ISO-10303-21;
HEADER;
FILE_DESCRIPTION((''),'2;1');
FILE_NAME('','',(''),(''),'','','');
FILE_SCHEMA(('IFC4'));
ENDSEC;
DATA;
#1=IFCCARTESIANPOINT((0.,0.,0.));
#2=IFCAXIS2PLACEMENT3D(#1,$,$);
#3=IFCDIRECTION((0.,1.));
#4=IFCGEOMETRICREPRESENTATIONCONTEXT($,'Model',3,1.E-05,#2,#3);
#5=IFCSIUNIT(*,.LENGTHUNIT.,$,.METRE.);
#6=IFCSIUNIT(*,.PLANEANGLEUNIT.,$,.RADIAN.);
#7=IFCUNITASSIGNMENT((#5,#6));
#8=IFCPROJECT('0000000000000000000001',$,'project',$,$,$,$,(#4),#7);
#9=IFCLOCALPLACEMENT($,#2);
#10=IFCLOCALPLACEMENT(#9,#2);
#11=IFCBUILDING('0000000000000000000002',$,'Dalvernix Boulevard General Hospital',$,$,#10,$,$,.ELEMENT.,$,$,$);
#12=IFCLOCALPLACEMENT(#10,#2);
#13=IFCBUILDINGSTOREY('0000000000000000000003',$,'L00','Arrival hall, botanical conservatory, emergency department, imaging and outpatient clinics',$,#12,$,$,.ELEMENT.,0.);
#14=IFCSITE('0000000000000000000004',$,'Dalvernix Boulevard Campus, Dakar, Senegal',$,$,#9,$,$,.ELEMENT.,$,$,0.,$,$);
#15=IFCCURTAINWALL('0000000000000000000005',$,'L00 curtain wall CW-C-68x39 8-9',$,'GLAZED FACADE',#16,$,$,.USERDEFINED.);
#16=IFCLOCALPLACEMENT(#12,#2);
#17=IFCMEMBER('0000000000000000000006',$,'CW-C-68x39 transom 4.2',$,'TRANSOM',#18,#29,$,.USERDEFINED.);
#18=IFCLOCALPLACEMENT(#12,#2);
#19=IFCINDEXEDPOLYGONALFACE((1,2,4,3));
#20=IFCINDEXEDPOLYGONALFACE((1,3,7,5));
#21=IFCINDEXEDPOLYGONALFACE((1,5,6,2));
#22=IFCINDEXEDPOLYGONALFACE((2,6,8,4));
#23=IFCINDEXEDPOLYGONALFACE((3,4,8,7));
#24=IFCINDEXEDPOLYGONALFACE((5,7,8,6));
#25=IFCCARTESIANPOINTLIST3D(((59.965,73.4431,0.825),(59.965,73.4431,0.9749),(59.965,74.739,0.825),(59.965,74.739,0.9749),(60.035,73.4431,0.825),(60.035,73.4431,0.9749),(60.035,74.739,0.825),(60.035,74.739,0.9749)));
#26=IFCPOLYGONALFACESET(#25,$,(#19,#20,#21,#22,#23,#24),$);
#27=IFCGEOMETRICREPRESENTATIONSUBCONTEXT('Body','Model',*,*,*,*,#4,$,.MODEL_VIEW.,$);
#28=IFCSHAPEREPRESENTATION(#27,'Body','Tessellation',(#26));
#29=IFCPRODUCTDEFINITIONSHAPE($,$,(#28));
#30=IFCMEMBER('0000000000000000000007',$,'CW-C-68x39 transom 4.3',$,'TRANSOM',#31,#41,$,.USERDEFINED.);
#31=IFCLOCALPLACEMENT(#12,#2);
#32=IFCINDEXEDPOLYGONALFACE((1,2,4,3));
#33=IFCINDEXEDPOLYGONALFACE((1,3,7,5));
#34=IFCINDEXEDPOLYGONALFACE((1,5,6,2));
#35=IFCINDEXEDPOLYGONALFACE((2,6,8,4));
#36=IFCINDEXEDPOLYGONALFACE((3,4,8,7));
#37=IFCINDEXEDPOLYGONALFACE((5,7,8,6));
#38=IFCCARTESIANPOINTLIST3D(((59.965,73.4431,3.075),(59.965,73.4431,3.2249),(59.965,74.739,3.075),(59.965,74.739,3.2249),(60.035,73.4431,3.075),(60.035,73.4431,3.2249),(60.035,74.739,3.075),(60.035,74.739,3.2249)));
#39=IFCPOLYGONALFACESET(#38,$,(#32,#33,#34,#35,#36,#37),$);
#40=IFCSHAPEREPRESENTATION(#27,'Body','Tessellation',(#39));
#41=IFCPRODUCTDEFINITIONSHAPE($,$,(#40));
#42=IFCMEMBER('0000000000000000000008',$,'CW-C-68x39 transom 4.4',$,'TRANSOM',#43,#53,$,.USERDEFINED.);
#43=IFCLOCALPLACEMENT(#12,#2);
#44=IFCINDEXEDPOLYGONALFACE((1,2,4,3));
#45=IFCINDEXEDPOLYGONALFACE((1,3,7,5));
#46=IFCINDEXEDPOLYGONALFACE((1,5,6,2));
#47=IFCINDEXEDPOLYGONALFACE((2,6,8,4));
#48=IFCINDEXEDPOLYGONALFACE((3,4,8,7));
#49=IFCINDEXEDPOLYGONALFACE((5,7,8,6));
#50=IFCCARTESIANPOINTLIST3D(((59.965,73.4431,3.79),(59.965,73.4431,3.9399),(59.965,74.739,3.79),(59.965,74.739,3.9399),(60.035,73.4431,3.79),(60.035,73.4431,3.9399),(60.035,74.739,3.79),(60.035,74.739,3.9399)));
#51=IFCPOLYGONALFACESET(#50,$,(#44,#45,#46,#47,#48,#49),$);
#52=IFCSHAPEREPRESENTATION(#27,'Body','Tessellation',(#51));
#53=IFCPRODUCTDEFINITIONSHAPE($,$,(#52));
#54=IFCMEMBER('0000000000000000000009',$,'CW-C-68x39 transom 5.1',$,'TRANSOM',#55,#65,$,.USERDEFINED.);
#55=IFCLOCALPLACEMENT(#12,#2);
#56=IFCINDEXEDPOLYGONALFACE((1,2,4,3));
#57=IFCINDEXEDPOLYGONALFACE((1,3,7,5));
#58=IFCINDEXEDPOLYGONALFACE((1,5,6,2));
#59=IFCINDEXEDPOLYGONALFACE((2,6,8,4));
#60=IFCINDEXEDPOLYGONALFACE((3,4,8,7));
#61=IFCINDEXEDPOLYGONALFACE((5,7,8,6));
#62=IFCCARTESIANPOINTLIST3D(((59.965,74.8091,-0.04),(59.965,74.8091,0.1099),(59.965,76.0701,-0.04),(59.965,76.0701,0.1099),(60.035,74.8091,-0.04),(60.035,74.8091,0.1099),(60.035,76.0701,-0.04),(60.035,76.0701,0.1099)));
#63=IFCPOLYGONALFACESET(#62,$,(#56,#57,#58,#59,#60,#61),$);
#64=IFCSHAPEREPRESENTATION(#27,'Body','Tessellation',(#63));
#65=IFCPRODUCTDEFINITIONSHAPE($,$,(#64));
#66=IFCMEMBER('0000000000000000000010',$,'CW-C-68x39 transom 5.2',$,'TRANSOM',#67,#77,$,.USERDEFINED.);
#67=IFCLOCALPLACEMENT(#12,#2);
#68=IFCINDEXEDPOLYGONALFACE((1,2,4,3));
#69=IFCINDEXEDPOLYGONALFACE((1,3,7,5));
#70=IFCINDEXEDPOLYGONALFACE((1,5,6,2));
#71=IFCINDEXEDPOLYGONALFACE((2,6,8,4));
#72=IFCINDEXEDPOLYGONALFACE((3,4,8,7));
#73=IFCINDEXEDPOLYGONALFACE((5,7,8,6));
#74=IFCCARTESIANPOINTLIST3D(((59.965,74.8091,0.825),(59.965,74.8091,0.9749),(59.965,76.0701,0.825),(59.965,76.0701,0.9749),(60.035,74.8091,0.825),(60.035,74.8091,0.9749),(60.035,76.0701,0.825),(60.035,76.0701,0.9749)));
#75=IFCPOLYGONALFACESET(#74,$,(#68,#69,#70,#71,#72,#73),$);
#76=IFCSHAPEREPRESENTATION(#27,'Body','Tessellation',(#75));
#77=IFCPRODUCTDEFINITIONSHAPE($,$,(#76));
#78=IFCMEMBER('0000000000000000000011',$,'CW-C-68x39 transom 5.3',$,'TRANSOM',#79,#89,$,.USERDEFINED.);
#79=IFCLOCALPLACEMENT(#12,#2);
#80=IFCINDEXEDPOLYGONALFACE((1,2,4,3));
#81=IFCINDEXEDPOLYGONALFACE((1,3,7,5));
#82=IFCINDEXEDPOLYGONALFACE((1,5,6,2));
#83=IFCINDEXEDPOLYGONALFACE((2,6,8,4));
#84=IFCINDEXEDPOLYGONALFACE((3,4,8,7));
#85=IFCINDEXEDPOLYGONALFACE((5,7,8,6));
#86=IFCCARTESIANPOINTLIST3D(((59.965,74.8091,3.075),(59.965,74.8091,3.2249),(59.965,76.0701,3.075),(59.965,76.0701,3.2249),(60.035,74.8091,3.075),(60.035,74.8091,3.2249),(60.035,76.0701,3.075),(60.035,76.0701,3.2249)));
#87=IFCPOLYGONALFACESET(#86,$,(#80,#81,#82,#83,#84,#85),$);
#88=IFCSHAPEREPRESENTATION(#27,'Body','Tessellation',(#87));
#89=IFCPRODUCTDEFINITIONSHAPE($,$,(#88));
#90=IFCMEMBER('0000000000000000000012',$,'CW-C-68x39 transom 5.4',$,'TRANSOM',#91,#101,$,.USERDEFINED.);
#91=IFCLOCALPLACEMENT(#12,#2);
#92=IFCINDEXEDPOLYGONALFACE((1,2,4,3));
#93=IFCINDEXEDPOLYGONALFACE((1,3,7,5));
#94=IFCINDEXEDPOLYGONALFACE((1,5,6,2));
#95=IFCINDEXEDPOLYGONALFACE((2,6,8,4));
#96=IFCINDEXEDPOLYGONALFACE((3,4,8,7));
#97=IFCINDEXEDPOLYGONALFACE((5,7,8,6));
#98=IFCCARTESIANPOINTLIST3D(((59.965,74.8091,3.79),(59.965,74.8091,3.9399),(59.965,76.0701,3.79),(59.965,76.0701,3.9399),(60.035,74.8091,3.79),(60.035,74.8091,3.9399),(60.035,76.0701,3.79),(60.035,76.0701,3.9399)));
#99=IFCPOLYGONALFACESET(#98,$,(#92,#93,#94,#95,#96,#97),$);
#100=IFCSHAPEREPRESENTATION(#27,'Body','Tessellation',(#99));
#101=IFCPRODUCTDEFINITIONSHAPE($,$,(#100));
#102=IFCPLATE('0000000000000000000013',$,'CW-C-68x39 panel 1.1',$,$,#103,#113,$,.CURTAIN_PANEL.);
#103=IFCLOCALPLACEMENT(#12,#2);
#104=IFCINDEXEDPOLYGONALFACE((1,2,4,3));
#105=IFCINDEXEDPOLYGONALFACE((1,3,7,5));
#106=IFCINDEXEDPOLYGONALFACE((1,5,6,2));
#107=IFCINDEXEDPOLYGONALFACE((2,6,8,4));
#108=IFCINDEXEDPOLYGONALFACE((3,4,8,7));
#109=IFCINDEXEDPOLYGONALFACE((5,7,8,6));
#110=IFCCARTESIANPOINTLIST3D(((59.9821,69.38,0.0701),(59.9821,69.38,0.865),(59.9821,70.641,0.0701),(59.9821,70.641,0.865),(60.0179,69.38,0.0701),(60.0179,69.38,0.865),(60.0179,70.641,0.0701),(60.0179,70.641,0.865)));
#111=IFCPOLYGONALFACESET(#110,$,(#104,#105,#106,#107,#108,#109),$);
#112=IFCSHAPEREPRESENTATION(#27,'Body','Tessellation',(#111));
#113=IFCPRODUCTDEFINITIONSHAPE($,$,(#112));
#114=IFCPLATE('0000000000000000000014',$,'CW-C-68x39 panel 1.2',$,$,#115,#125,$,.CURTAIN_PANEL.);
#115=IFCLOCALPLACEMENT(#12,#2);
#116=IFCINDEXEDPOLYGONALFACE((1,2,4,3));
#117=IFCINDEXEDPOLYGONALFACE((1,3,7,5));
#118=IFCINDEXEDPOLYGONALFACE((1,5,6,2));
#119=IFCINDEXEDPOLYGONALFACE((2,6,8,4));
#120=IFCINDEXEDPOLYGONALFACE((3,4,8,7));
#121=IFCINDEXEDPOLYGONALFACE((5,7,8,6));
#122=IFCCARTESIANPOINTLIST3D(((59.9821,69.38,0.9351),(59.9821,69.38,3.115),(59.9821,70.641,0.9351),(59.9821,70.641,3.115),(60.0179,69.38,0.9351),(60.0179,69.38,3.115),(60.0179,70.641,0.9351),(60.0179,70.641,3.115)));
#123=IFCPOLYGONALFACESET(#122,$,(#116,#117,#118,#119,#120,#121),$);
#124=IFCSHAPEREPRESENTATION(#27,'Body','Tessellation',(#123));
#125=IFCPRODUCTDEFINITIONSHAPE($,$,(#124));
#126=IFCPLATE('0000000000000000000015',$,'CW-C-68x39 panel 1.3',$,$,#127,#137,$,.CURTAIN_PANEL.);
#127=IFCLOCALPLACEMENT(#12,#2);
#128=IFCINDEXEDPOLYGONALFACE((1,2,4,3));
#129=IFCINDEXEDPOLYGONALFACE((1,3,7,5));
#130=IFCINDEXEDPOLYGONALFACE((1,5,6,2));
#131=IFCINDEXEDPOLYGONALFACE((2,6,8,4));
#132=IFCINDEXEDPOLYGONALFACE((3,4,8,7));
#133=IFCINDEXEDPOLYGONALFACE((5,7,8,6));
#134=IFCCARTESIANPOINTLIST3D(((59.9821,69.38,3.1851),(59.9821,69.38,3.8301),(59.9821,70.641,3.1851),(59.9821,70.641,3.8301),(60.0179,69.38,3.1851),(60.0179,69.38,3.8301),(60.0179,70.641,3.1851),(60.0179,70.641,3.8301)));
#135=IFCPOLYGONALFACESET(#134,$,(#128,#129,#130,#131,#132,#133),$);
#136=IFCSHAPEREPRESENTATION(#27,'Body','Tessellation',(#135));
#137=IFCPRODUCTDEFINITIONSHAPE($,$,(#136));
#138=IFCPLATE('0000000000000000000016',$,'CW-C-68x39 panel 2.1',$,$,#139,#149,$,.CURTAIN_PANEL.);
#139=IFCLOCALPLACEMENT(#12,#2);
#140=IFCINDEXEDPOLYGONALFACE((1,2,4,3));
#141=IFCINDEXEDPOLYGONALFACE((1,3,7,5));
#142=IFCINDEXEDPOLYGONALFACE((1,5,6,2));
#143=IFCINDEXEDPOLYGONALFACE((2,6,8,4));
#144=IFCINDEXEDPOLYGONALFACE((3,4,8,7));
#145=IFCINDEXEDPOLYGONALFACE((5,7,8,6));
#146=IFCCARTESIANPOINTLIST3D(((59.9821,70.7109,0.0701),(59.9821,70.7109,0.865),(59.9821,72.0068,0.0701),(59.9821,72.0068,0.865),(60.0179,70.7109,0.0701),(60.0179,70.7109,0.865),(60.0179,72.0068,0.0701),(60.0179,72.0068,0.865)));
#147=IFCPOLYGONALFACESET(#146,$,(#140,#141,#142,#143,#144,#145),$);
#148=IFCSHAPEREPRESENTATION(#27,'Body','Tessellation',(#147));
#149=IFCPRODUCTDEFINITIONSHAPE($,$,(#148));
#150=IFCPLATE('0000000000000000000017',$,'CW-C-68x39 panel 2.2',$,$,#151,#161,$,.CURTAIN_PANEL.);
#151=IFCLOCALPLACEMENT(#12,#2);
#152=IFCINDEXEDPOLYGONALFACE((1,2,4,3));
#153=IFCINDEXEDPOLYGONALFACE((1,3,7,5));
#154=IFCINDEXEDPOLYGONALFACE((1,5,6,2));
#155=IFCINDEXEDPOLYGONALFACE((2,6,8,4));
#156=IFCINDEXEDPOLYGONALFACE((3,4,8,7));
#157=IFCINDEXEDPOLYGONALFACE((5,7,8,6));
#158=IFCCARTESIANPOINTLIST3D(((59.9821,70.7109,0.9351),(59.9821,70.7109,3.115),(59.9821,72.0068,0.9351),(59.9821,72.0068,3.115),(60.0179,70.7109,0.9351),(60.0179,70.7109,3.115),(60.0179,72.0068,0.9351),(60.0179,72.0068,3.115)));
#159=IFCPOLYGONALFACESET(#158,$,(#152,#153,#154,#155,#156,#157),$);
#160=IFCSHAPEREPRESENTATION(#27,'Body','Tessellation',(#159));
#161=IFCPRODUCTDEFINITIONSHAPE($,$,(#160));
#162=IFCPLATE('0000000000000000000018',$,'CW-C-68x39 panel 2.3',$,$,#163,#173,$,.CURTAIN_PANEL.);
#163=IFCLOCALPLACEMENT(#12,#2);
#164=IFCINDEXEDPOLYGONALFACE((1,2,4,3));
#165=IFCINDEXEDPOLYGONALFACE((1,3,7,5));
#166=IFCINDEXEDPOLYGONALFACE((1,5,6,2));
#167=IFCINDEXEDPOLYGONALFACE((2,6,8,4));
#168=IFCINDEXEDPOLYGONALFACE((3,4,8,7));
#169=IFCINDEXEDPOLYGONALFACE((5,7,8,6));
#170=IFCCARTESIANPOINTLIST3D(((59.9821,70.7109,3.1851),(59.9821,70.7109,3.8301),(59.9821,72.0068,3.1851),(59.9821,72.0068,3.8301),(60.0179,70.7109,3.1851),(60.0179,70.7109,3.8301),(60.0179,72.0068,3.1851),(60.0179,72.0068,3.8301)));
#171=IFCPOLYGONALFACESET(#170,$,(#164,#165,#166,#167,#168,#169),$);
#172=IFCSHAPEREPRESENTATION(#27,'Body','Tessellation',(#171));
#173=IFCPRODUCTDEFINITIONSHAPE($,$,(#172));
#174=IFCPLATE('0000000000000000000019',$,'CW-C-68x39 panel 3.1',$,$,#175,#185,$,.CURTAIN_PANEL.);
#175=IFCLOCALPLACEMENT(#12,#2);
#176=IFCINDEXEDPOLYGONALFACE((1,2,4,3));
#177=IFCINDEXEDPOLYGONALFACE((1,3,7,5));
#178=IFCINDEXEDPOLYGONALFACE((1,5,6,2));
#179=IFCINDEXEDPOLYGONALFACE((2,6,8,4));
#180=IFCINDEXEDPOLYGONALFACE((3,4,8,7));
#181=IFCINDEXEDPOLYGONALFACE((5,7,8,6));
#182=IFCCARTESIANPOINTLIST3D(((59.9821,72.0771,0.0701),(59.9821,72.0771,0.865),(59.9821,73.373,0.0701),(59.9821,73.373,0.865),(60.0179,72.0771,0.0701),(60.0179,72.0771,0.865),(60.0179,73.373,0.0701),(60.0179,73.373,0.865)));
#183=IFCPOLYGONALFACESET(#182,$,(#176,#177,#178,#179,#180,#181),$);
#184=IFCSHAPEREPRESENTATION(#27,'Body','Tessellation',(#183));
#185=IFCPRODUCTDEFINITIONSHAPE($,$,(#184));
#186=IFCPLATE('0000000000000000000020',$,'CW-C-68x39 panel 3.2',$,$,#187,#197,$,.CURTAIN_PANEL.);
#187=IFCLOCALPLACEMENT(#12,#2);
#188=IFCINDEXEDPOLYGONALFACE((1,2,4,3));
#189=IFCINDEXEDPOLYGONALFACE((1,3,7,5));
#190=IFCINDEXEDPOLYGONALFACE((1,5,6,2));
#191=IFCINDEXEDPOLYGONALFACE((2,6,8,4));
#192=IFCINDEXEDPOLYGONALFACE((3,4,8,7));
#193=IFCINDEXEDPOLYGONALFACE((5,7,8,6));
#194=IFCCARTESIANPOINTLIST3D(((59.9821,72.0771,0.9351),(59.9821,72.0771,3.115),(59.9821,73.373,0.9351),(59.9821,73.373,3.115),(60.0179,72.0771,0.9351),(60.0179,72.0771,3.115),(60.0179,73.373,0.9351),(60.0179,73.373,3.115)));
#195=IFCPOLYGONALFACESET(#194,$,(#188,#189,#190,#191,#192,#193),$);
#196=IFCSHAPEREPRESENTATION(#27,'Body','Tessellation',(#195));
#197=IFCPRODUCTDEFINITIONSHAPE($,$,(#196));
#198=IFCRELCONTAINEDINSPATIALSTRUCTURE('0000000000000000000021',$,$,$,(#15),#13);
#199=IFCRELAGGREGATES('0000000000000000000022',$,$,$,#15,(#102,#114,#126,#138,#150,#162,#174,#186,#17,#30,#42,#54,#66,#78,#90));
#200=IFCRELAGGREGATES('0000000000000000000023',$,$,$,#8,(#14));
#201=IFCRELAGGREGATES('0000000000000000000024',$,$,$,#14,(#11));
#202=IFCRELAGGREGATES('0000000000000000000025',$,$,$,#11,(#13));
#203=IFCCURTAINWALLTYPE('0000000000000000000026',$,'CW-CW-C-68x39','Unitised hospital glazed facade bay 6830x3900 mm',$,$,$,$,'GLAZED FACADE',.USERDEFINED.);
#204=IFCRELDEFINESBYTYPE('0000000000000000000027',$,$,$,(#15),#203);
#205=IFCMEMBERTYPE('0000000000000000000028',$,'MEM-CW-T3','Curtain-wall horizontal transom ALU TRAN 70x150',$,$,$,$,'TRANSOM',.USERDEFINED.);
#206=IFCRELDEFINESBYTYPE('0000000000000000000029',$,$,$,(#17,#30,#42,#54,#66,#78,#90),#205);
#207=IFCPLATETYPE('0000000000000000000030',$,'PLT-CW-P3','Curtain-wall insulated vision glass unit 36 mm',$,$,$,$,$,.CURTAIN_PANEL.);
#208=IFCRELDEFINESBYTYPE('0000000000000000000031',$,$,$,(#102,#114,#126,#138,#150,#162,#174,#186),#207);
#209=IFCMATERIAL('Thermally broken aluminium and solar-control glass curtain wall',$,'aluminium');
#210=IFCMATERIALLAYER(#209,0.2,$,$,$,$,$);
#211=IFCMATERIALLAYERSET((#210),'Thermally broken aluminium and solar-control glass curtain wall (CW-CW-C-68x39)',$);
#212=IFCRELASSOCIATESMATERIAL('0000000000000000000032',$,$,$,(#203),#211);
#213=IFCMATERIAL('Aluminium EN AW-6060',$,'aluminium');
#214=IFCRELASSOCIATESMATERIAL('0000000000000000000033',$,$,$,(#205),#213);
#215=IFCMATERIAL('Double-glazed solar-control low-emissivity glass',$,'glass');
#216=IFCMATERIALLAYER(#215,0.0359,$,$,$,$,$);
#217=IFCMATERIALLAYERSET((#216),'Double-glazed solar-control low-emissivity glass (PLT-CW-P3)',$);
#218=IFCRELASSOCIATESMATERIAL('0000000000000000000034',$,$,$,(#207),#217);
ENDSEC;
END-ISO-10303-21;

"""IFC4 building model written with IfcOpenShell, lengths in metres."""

from ifc_helpers import new_model, si_unit, direction, frame, origin, origin_2d, place, context, subcontext, project, spatial, rectangle, extrude, material, layer, layer_set, material_profile, profile_set, type_object, element, aggregate, save


model = new_model("IFC4")

# Units and contexts
model_context = context("Model", 3, precision=1e-05, world=origin(), true_north=direction((0.0, 1.0)))
body_context = subcontext(model_context, "Body", "Model", "MODEL_VIEW")
ifc_project = project(units=[si_unit("LENGTHUNIT", "METRE"), si_unit("PLANEANGLEUNIT", "RADIAN")], contexts=[model_context])

# Site, building, storey
site_placement = place(None, origin())
site = spatial("IfcSite", under=ifc_project, at=site_placement, Name="Dalvernix Boulevard Campus, Dakar, Senegal", CompositionType="ELEMENT", RefElevation=0.0)
building_placement = place(site_placement, origin())
building = spatial("IfcBuilding", under=site, at=building_placement, Name="Dalvernix Boulevard General Hospital", CompositionType="ELEMENT")
storey_placement = place(building_placement, origin())
storey = spatial("IfcBuildingStorey", under=building, at=storey_placement, Name="L00", Description="Arrival hall, botanical conservatory, emergency department, imaging and outpatient clinics", CompositionType="ELEMENT", Elevation=0.0)

# Curtain wall, members, plates
ifc_material_1 = material(Name="Thermally broken aluminium and solar-control glass curtain wall", Category="aluminium")
ifc_layer_1 = layer(ifc_material_1, 0.2)
ifc_layer_set_1 = layer_set([ifc_layer_1], Name="Thermally broken aluminium and solar-control glass curtain wall (CW-CW-C-68x39)")
curtain_wall_type = type_object("IfcCurtainWallType", Name="CW-CW-C-68x39", Description="Unitised hospital glazed facade bay 6830x3900 mm", ElementType="GLAZED FACADE", PredefinedType="USERDEFINED", material=ifc_layer_set_1)
curtain_wall_placement = place(storey_placement, origin())
curtain_wall = element("IfcCurtainWall", 1, at=curtain_wall_placement, inside=storey, type_object=curtain_wall_type, Name="L00 curtain wall CW-C-68x39 8-9", ObjectType="GLAZED FACADE", PredefinedType="USERDEFINED")
ifc_material_2 = material(Name="Aluminium EN AW-6060", Category="aluminium")
ifc_material_profile_1 = material_profile(ifc_material_2, rectangle(XDim=0.0701, YDim=0.1499, at=origin_2d()), Name="ALU TRAN 70x150")
ifc_profile_set_1 = profile_set([ifc_material_profile_1], Name="Aluminium EN AW-6060")
member_type_1 = type_object("IfcMemberType", Name="MEM-CW-T3", Description="Curtain-wall horizontal transom ALU TRAN 70x150", ElementType="TRANSOM", PredefinedType="USERDEFINED", material=ifc_profile_set_1)
member_1_placement = place(storey_placement, frame((60.0, 73.4431, 0.8999), z_axis=(0.0, 1.0, 0.0), x_axis=(-1.0, 0.0, 0.0)))
member_1 = element("IfcMember", 2, at=member_1_placement, type_object=member_type_1, Name="CW-C-68x39 transom 4.2", ObjectType="TRANSOM", PredefinedType="USERDEFINED", context=body_context, shape_type="SweptSolid", body=[
    extrude(rectangle(XDim=0.0701, YDim=0.1499, at=origin_2d()), origin(), (0.0, 0.0, 1.0), 1.2959),
])
member_2_placement = place(storey_placement, frame((60.0, 73.4431, 3.1499), z_axis=(0.0, 1.0, 0.0), x_axis=(-1.0, 0.0, 0.0)))
member_2 = element("IfcMember", 3, at=member_2_placement, type_object=member_type_1, Name="CW-C-68x39 transom 4.3", ObjectType="TRANSOM", PredefinedType="USERDEFINED", context=body_context, shape_type="SweptSolid", body=[
    extrude(rectangle(XDim=0.0701, YDim=0.1499, at=origin_2d()), origin(), (0.0, 0.0, 1.0), 1.2959),
])
member_3_placement = place(storey_placement, frame((60.0, 73.4431, 3.865), z_axis=(0.0, 1.0, 0.0), x_axis=(-1.0, 0.0, 0.0)))
member_3 = element("IfcMember", 4, at=member_3_placement, type_object=member_type_1, Name="CW-C-68x39 transom 4.4", ObjectType="TRANSOM", PredefinedType="USERDEFINED", context=body_context, shape_type="SweptSolid", body=[
    extrude(rectangle(XDim=0.0701, YDim=0.1499, at=origin_2d()), origin(), (0.0, 0.0, 1.0), 1.2959),
])
member_4_placement = place(storey_placement, frame((60.0, 74.8091, 0.0349), z_axis=(0.0, 1.0, 0.0), x_axis=(-1.0, 0.0, 0.0)))
member_4 = element("IfcMember", 5, at=member_4_placement, type_object=member_type_1, Name="CW-C-68x39 transom 5.1", ObjectType="TRANSOM", PredefinedType="USERDEFINED", context=body_context, shape_type="SweptSolid", body=[
    extrude(rectangle(XDim=0.0701, YDim=0.1499, at=origin_2d()), origin(), (0.0, 0.0, 1.0), 1.261),
])
member_5_placement = place(storey_placement, frame((60.0, 74.8091, 0.8999), z_axis=(0.0, 1.0, 0.0), x_axis=(-1.0, 0.0, 0.0)))
member_5 = element("IfcMember", 6, at=member_5_placement, type_object=member_type_1, Name="CW-C-68x39 transom 5.2", ObjectType="TRANSOM", PredefinedType="USERDEFINED", context=body_context, shape_type="SweptSolid", body=[
    extrude(rectangle(XDim=0.0701, YDim=0.1499, at=origin_2d()), origin(), (0.0, 0.0, 1.0), 1.261),
])
member_6_placement = place(storey_placement, frame((60.0, 74.8091, 3.1499), z_axis=(0.0, 1.0, 0.0), x_axis=(-1.0, 0.0, 0.0)))
member_6 = element("IfcMember", 7, at=member_6_placement, type_object=member_type_1, Name="CW-C-68x39 transom 5.3", ObjectType="TRANSOM", PredefinedType="USERDEFINED", context=body_context, shape_type="SweptSolid", body=[
    extrude(rectangle(XDim=0.0701, YDim=0.1499, at=origin_2d()), origin(), (0.0, 0.0, 1.0), 1.261),
])
member_7_placement = place(storey_placement, frame((60.0, 74.8091, 3.865), z_axis=(0.0, 1.0, 0.0), x_axis=(-1.0, 0.0, 0.0)))
member_7 = element("IfcMember", 8, at=member_7_placement, type_object=member_type_1, Name="CW-C-68x39 transom 5.4", ObjectType="TRANSOM", PredefinedType="USERDEFINED", context=body_context, shape_type="SweptSolid", body=[
    extrude(rectangle(XDim=0.0701, YDim=0.1499, at=origin_2d()), origin(), (0.0, 0.0, 1.0), 1.261),
])
ifc_material_3 = material(Name="Double-glazed solar-control low-emissivity glass", Category="glass")
ifc_layer_2 = layer(ifc_material_3, 0.0359)
ifc_layer_set_2 = layer_set([ifc_layer_2], Name="Double-glazed solar-control low-emissivity glass (PLT-CW-P3)")
plate_type = type_object("IfcPlateType", Name="PLT-CW-P3", Description="Curtain-wall insulated vision glass unit 36 mm", PredefinedType="CURTAIN_PANEL", material=ifc_layer_set_2)
plate_1_placement = place(storey_placement, frame((60.0, 70.0105, 0.0701), z_axis=(0.0, 0.0, 1.0), x_axis=(0.0, 1.0, 0.0)))
plate_1 = element("IfcPlate", 9, at=plate_1_placement, type_object=plate_type, Name="CW-C-68x39 panel 1.1", PredefinedType="CURTAIN_PANEL", context=body_context, shape_type="SweptSolid", body=[
    extrude(rectangle(XDim=1.261, YDim=0.0359, at=origin_2d()), origin(), (0.0, 0.0, 1.0), 0.7949),
])
plate_2_placement = place(storey_placement, frame((60.0, 70.0105, 0.9351), z_axis=(0.0, 0.0, 1.0), x_axis=(0.0, 1.0, 0.0)))
plate_2 = element("IfcPlate", 10, at=plate_2_placement, type_object=plate_type, Name="CW-C-68x39 panel 1.2", PredefinedType="CURTAIN_PANEL", context=body_context, shape_type="SweptSolid", body=[
    extrude(rectangle(XDim=1.261, YDim=0.0359, at=origin_2d()), origin(), (0.0, 0.0, 1.0), 2.1799),
])
plate_3_placement = place(storey_placement, frame((60.0, 70.0105, 3.1851), z_axis=(0.0, 0.0, 1.0), x_axis=(0.0, 1.0, 0.0)))
plate_3 = element("IfcPlate", 11, at=plate_3_placement, type_object=plate_type, Name="CW-C-68x39 panel 1.3", PredefinedType="CURTAIN_PANEL", context=body_context, shape_type="SweptSolid", body=[
    extrude(rectangle(XDim=1.261, YDim=0.0359, at=origin_2d()), origin(), (0.0, 0.0, 1.0), 0.645),
])
plate_4_placement = place(storey_placement, frame((60.0, 71.3589, 0.0701), z_axis=(0.0, 0.0, 1.0), x_axis=(0.0, 1.0, 0.0)))
plate_4 = element("IfcPlate", 12, at=plate_4_placement, type_object=plate_type, Name="CW-C-68x39 panel 2.1", PredefinedType="CURTAIN_PANEL", context=body_context, shape_type="SweptSolid", body=[
    extrude(rectangle(XDim=1.2959, YDim=0.0359, at=origin_2d()), origin(), (0.0, 0.0, 1.0), 0.7949),
])
plate_5_placement = place(storey_placement, frame((60.0, 71.3589, 0.9351), z_axis=(0.0, 0.0, 1.0), x_axis=(0.0, 1.0, 0.0)))
plate_5 = element("IfcPlate", 13, at=plate_5_placement, type_object=plate_type, Name="CW-C-68x39 panel 2.2", PredefinedType="CURTAIN_PANEL", context=body_context, shape_type="SweptSolid", body=[
    extrude(rectangle(XDim=1.2959, YDim=0.0359, at=origin_2d()), origin(), (0.0, 0.0, 1.0), 2.1799),
])
plate_6_placement = place(storey_placement, frame((60.0, 71.3589, 3.1851), z_axis=(0.0, 0.0, 1.0), x_axis=(0.0, 1.0, 0.0)))
plate_6 = element("IfcPlate", 14, at=plate_6_placement, type_object=plate_type, Name="CW-C-68x39 panel 2.3", PredefinedType="CURTAIN_PANEL", context=body_context, shape_type="SweptSolid", body=[
    extrude(rectangle(XDim=1.2959, YDim=0.0359, at=origin_2d()), origin(), (0.0, 0.0, 1.0), 0.645),
])
plate_7_placement = place(storey_placement, frame((60.0, 72.7251, 0.0701), z_axis=(0.0, 0.0, 1.0), x_axis=(0.0, 1.0, 0.0)))
plate_7 = element("IfcPlate", 15, at=plate_7_placement, type_object=plate_type, Name="CW-C-68x39 panel 3.1", PredefinedType="CURTAIN_PANEL", context=body_context, shape_type="SweptSolid", body=[
    extrude(rectangle(XDim=1.2959, YDim=0.0359, at=origin_2d()), origin(), (0.0, 0.0, 1.0), 0.7949),
])
plate_8_placement = place(storey_placement, frame((60.0, 72.7251, 0.9351), z_axis=(0.0, 0.0, 1.0), x_axis=(0.0, 1.0, 0.0)))
plate_8 = element("IfcPlate", 16, at=plate_8_placement, type_object=plate_type, Name="CW-C-68x39 panel 3.2", PredefinedType="CURTAIN_PANEL", context=body_context, shape_type="SweptSolid", body=[
    extrude(rectangle(XDim=1.2959, YDim=0.0359, at=origin_2d()), origin(), (0.0, 0.0, 1.0), 2.1799),
])
aggregate(curtain_wall, [plate_1, plate_2, plate_3, plate_4, plate_5, plate_6, plate_7, plate_8, member_1, member_2, member_3, member_4, member_5, member_6, member_7])

save(model, "model.ifc")
